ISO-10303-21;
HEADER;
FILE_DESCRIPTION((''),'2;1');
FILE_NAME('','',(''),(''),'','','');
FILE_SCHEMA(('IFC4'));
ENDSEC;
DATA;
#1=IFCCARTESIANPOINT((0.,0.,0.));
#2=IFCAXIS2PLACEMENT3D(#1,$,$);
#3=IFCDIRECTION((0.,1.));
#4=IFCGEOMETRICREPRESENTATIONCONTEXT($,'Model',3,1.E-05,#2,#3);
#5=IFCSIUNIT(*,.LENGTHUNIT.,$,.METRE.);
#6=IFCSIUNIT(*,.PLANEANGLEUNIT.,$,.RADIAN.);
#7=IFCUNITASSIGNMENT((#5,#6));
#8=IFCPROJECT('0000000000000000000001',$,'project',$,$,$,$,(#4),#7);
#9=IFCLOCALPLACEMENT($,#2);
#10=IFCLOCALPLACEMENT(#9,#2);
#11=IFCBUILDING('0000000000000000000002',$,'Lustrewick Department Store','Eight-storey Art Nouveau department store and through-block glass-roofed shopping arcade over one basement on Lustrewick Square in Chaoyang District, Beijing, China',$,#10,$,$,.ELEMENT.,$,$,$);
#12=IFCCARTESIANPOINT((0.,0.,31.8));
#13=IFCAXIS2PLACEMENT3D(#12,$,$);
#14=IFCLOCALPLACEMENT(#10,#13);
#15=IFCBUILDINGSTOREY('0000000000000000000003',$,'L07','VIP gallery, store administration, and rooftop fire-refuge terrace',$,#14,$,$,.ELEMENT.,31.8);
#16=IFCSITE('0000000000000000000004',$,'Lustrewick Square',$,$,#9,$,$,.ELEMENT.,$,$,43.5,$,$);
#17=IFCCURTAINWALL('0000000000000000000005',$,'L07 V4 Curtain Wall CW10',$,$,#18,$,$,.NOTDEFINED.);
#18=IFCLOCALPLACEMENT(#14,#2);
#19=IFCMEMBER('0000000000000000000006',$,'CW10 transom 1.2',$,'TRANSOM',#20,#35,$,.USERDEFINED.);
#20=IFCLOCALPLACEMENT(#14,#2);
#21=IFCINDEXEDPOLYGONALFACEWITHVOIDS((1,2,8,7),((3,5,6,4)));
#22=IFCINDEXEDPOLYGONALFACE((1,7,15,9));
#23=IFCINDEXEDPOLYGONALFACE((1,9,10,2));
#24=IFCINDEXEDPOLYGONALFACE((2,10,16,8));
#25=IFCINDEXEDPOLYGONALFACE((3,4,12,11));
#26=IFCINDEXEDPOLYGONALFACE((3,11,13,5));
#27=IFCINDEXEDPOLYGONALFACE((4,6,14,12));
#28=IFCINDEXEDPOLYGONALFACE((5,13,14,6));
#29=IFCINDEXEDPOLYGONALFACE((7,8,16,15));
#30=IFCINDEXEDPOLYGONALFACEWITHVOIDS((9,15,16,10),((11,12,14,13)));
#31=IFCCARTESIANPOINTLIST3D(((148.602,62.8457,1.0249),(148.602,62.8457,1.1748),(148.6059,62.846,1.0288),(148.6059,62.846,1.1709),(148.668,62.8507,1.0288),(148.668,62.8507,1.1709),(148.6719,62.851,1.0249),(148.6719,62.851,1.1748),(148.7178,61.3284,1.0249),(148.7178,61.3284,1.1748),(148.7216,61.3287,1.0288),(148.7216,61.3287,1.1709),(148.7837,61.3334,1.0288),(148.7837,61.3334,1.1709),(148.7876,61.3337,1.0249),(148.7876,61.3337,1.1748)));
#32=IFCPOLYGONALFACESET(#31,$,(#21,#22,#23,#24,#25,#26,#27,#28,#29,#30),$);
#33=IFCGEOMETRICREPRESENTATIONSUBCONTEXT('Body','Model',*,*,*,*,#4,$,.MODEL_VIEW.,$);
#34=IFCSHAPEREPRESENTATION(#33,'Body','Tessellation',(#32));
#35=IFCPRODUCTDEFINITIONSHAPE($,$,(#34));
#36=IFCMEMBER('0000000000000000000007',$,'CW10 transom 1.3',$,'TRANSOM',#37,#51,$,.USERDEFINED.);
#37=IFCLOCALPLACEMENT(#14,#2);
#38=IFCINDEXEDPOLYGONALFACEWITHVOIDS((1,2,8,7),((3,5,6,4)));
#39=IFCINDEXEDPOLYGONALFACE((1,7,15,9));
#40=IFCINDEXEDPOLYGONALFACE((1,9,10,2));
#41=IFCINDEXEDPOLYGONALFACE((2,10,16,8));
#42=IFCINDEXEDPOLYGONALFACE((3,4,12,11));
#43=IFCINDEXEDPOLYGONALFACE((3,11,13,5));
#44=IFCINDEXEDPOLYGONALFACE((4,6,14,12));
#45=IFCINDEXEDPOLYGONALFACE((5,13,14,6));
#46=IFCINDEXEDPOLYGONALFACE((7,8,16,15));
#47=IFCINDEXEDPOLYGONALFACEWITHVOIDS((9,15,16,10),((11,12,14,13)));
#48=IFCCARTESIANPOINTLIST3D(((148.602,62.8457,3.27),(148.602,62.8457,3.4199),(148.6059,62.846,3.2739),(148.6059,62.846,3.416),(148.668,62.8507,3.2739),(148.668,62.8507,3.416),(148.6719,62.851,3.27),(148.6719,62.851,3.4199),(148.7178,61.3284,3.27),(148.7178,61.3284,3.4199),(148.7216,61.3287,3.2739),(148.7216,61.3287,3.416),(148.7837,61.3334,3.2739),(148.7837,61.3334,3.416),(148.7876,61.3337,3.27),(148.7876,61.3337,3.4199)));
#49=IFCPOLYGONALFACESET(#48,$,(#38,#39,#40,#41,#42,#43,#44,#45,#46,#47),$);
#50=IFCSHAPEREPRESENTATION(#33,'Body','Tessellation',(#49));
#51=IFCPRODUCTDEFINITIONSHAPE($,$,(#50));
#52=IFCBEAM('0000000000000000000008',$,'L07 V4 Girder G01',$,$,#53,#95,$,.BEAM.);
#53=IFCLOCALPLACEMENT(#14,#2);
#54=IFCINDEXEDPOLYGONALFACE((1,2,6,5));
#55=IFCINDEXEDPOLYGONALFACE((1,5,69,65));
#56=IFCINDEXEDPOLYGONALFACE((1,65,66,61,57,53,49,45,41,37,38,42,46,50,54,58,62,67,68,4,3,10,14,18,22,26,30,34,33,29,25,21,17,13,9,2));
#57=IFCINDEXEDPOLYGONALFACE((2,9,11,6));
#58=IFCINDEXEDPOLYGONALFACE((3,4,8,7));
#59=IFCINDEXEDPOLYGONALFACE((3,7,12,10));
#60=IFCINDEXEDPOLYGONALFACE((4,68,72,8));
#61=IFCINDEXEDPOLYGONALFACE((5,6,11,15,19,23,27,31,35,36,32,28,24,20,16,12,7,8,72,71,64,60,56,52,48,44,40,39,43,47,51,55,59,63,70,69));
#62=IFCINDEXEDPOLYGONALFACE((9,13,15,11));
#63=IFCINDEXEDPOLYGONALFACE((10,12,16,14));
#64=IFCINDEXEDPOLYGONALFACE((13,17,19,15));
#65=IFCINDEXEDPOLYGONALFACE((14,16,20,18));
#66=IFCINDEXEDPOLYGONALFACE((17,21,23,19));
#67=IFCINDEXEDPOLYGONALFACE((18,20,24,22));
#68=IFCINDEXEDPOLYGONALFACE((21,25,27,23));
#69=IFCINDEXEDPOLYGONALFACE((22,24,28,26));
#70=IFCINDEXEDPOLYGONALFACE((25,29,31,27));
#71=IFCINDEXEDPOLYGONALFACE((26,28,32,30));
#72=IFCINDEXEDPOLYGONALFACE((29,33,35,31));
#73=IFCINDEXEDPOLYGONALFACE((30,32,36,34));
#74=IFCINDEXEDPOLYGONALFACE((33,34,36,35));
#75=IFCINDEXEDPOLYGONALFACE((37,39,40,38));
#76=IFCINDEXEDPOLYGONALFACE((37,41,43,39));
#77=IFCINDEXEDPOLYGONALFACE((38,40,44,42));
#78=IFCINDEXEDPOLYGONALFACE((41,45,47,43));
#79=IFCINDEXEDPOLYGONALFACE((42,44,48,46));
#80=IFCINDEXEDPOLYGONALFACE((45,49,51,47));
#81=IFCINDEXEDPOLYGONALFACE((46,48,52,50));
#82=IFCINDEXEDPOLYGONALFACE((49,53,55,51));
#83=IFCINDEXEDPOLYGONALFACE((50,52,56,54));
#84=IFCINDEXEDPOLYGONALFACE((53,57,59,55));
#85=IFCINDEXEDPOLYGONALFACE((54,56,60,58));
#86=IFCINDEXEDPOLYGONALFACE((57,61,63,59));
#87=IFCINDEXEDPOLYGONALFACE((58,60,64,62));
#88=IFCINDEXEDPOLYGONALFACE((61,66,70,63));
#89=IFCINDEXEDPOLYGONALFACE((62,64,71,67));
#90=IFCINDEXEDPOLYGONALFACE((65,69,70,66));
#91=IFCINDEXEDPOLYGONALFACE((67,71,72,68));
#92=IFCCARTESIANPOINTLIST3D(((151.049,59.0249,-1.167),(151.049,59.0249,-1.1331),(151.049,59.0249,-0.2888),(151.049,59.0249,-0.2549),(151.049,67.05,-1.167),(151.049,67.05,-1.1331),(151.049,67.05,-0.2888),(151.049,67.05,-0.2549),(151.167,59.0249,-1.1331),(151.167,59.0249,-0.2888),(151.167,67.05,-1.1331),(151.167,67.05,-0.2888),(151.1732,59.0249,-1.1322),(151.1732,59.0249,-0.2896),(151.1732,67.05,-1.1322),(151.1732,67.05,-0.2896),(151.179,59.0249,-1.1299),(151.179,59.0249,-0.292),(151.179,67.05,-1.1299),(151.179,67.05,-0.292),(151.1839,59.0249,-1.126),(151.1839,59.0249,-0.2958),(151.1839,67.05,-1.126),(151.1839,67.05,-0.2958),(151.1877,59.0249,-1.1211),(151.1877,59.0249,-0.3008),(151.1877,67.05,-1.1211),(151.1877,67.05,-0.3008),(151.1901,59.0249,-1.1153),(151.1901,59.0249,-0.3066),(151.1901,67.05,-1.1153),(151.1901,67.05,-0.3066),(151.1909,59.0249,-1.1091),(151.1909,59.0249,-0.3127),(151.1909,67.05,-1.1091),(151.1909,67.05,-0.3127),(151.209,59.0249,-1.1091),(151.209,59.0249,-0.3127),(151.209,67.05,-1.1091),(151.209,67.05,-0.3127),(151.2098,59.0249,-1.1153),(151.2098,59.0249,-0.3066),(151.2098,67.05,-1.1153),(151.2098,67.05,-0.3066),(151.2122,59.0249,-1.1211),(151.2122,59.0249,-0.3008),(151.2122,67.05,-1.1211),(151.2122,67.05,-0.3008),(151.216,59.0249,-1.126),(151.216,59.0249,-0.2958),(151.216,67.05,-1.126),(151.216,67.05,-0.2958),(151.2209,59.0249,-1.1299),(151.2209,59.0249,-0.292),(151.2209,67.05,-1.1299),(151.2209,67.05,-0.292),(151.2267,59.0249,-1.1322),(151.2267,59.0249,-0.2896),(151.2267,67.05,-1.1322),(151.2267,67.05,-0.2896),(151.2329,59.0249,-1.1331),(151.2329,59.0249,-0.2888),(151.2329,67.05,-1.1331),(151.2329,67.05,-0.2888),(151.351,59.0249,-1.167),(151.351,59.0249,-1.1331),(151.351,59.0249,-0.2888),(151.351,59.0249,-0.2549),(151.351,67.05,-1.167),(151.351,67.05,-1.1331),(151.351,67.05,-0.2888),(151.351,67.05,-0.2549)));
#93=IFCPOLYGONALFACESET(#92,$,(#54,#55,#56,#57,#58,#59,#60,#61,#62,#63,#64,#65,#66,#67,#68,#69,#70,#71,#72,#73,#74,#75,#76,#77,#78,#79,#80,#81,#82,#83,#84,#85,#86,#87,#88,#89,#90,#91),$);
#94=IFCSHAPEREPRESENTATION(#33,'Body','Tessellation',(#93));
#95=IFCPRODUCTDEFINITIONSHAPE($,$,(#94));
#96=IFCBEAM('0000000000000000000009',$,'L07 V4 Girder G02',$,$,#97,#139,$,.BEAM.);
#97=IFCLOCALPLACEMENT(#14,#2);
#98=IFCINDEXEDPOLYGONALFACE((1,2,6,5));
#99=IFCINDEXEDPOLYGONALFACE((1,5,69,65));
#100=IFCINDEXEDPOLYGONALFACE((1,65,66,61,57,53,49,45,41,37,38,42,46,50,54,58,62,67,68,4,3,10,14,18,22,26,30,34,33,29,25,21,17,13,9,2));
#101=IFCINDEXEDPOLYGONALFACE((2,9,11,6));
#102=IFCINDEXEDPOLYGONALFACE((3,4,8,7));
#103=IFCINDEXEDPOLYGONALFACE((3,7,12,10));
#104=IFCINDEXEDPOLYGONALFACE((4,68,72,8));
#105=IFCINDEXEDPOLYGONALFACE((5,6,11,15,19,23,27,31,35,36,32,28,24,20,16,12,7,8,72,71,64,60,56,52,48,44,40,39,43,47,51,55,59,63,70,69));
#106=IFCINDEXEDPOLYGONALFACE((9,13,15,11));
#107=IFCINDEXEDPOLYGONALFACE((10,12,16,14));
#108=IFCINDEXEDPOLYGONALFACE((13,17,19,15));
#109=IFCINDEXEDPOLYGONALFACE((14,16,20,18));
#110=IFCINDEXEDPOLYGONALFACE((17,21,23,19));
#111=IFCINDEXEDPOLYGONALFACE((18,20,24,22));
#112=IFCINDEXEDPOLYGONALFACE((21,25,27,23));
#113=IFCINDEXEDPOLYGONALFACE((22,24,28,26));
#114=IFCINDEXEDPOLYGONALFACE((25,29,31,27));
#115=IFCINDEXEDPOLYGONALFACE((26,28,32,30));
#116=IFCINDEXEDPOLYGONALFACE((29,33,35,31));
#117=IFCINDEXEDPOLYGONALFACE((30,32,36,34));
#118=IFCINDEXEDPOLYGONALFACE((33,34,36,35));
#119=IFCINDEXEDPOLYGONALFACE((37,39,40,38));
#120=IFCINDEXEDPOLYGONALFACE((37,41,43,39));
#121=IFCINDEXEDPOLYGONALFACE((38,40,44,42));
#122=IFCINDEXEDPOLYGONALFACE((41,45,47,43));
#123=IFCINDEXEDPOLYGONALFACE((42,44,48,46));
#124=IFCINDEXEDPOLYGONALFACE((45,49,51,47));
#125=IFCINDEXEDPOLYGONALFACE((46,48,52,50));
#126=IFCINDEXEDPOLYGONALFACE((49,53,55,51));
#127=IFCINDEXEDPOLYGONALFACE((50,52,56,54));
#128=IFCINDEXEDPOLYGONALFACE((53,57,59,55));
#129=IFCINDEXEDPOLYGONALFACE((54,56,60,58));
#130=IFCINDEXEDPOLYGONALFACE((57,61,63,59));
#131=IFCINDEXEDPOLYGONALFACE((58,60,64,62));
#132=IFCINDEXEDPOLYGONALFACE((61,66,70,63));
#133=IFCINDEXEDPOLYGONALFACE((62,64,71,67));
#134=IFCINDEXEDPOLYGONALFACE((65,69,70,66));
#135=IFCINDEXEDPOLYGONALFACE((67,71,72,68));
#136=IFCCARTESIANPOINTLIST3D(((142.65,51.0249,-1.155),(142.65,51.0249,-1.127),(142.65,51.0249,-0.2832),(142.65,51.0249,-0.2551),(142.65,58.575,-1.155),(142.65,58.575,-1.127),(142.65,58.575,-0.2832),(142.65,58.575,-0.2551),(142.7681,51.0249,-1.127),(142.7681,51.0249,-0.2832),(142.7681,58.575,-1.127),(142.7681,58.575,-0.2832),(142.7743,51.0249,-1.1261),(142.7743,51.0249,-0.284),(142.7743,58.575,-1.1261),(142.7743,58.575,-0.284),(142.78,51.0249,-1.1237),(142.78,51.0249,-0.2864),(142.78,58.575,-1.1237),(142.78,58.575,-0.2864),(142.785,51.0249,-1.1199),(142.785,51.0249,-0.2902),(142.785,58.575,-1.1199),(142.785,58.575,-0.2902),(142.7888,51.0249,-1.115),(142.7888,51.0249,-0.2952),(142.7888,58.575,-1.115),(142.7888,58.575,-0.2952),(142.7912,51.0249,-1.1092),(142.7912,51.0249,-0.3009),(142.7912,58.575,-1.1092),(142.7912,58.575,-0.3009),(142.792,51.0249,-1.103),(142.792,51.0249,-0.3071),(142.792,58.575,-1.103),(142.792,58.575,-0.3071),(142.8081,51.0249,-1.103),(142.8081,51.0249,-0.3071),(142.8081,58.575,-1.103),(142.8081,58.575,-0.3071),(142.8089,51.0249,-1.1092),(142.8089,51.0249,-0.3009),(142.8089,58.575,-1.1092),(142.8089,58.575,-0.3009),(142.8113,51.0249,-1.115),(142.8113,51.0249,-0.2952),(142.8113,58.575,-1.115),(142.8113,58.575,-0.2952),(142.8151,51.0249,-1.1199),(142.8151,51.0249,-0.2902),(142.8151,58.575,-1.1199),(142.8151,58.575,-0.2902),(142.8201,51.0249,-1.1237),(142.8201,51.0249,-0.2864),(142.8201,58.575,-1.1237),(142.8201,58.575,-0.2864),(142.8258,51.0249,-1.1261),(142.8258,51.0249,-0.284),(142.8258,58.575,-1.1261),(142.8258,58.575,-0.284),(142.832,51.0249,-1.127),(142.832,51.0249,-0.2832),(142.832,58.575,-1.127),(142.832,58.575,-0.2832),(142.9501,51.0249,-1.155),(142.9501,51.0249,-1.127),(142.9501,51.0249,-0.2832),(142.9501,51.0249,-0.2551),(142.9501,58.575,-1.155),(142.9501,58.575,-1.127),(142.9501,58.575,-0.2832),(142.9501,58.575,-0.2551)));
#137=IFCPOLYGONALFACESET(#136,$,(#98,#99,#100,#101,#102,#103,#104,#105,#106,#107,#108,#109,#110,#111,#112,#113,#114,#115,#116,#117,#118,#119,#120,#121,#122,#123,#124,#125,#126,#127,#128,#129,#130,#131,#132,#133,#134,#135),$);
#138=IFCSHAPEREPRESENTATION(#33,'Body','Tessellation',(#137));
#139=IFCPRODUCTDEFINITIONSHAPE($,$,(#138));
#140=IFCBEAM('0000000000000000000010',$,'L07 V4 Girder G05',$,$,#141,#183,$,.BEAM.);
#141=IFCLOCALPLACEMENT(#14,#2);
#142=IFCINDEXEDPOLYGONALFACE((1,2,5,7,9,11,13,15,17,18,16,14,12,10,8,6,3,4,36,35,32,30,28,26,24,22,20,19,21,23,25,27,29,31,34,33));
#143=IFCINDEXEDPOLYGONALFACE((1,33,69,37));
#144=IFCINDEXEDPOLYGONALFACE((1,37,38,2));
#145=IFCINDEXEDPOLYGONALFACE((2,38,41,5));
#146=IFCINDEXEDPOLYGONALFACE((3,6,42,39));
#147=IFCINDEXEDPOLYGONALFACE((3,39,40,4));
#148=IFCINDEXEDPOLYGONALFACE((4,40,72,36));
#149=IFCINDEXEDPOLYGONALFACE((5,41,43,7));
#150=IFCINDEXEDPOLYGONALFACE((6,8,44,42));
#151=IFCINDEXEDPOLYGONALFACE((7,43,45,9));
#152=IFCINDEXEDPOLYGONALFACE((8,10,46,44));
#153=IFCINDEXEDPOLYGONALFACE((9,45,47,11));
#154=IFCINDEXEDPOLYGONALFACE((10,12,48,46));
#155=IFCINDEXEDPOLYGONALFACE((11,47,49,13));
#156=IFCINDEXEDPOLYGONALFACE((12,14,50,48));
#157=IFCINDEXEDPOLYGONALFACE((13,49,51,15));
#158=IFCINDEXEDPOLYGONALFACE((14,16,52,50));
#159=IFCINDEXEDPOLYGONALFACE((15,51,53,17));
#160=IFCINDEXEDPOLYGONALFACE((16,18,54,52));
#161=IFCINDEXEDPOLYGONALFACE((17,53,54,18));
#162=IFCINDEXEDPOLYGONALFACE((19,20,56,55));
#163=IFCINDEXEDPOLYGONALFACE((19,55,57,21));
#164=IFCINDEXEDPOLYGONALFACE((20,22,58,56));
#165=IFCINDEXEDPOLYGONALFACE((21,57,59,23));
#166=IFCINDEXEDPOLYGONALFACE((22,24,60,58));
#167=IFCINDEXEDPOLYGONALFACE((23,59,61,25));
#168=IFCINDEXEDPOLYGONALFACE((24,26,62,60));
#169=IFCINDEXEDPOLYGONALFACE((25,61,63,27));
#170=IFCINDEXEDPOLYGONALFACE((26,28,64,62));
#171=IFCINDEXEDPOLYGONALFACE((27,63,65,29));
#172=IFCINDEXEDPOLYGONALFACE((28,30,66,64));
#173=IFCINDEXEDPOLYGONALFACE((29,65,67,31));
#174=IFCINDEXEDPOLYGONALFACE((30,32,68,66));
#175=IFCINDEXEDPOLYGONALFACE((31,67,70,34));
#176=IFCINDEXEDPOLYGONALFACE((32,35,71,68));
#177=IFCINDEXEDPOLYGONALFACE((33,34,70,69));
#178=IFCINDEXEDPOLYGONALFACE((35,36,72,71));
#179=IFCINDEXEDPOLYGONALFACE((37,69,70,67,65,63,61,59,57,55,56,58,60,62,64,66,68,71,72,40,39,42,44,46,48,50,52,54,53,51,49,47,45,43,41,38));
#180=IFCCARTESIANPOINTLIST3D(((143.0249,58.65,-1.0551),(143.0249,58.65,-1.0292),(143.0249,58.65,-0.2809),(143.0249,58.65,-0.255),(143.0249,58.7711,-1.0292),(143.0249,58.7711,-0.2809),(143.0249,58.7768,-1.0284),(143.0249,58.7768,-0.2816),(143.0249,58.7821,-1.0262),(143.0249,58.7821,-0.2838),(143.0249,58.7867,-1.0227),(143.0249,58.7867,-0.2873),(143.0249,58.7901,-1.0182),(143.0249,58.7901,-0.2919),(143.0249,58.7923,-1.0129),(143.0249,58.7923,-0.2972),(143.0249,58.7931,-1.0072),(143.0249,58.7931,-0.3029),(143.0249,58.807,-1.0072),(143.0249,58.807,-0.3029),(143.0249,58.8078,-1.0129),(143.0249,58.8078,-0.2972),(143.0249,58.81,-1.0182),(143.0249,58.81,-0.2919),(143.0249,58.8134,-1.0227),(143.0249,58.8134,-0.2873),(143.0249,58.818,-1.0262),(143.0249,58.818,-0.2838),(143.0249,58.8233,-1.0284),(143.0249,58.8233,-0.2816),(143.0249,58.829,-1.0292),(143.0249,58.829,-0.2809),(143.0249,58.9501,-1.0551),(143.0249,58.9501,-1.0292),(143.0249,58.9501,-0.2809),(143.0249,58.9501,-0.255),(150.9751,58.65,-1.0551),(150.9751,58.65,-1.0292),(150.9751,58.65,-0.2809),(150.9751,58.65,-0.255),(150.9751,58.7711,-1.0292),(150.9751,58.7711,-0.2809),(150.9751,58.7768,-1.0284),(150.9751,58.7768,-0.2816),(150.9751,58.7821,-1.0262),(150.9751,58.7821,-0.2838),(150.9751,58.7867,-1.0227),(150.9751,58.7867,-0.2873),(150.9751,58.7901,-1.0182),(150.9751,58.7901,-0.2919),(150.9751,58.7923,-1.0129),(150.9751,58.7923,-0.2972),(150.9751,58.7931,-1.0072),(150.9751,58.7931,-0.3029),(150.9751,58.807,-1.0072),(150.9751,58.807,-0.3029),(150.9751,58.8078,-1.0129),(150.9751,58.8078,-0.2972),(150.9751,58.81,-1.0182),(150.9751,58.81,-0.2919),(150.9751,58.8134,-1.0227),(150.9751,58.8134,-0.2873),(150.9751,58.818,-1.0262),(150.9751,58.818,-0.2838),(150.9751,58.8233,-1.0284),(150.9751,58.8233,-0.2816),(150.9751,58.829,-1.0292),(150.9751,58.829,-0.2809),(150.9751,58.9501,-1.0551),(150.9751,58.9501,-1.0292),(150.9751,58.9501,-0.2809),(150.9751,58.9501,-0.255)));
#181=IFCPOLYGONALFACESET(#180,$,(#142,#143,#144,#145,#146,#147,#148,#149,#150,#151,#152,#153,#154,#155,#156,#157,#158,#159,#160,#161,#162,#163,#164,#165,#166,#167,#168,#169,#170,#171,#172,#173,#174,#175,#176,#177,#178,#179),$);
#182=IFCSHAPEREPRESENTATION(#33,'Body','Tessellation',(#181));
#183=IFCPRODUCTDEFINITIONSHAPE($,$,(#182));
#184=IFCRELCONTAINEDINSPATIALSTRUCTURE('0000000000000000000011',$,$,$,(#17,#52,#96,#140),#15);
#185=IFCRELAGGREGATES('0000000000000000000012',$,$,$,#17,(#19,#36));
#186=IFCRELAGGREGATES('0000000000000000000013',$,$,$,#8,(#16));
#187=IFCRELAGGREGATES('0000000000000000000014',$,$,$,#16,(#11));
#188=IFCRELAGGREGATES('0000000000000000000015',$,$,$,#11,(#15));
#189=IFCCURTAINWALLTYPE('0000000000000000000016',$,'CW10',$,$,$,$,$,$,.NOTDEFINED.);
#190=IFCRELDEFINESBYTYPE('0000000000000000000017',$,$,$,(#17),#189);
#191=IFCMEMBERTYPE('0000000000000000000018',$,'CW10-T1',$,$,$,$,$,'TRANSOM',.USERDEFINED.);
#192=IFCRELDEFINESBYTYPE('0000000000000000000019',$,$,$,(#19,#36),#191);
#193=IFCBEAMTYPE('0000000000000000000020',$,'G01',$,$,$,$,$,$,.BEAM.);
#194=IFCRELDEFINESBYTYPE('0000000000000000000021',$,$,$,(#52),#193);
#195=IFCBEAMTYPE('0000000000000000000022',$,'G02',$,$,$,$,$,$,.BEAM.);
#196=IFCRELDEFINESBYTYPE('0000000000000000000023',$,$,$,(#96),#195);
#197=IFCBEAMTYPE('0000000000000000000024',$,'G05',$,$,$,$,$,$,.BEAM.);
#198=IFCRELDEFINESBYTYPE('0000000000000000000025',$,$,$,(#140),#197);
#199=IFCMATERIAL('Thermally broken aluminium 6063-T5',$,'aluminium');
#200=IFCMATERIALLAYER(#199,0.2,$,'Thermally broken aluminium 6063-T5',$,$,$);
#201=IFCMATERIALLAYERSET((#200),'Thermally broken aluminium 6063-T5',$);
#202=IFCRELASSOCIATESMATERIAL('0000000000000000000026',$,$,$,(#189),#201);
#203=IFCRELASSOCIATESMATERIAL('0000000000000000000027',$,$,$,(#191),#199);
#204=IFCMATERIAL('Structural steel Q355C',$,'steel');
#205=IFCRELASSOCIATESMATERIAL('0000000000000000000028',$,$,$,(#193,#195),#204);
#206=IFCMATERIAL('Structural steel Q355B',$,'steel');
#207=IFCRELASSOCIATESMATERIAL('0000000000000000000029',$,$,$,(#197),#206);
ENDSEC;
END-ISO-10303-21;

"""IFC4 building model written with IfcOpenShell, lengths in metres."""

from ifc_helpers import new_model, si_unit, direction, frame, origin, origin_2d, place, context, subcontext, project, spatial, hollow_rectangle, i_section, extrude, material, layer, layer_set, material_profile, profile_set, type_object, element, aggregate, save


model = new_model("IFC4")

# Units and contexts
model_context = context("Model", 3, precision=1e-05, world=origin(), true_north=direction((0.0, 1.0)))
body_context = subcontext(model_context, "Body", "Model", "MODEL_VIEW")
ifc_project = project(units=[si_unit("LENGTHUNIT", "METRE"), si_unit("PLANEANGLEUNIT", "RADIAN")], contexts=[model_context])

# Site, building, storey
site_placement = place(None, origin())
site = spatial("IfcSite", under=ifc_project, at=site_placement, Name="Lustrewick Square", CompositionType="ELEMENT", RefElevation=43.5)
building_placement = place(site_placement, origin())
building = spatial("IfcBuilding", under=site, at=building_placement, Name="Lustrewick Department Store", Description="Eight-storey Art Nouveau department store and through-block glass-roofed shopping arcade over one basement on Lustrewick Square in Chaoyang District, Beijing, China", CompositionType="ELEMENT")
storey_placement = place(building_placement, frame((0.0, 0.0, 31.8)))
storey = spatial("IfcBuildingStorey", under=building, at=storey_placement, Name="L07", Description="VIP gallery, store administration, and rooftop fire-refuge terrace", CompositionType="ELEMENT", Elevation=31.8)

# Shared definitions
ifc_material_1 = material(Name="Structural steel Q355B", Category="steel")

# Curtain wall, members
ifc_material_2 = material(Name="Thermally broken aluminium 6063-T5", Category="aluminium")
ifc_layer_1 = layer(ifc_material_2, 0.2, Name="Thermally broken aluminium 6063-T5")
ifc_layer_set_1 = layer_set([ifc_layer_1], Name="Thermally broken aluminium 6063-T5")
curtain_wall_type = type_object("IfcCurtainWallType", Name="CW10", PredefinedType="NOTDEFINED", material=ifc_layer_set_1)
curtain_wall_placement = place(storey_placement, origin())
curtain_wall = element("IfcCurtainWall", 1, at=curtain_wall_placement, inside=storey, type_object=curtain_wall_type, Name="L07 V4 Curtain Wall CW10", PredefinedType="NOTDEFINED")
ifc_material_profile_1 = material_profile(ifc_material_2, hollow_rectangle(XDim=0.0701, YDim=0.1499, WallThickness=0.0039, at=origin_2d()), Name="ALU-T 70x150x4")
ifc_profile_set_1 = profile_set([ifc_material_profile_1], Name="Thermally broken aluminium 6063-T5")
member_type_1 = type_object("IfcMemberType", Name="CW10-T1", ElementType="TRANSOM", PredefinedType="USERDEFINED", material=ifc_profile_set_1)
member_1_placement = place(storey_placement, frame((148.7527, 61.3311, 1.0999), z_axis=(-0.076046, 0.997104, 0.0), x_axis=(-0.997104, -0.076046, 0.0)))
member_1 = element("IfcMember", 2, at=member_1_placement, type_object=member_type_1, Name="CW10 transom 1.2", ObjectType="TRANSOM", PredefinedType="USERDEFINED", context=body_context, shape_type="SweptSolid", body=[
    extrude(hollow_rectangle(XDim=0.0701, YDim=0.1499, WallThickness=0.0039, at=origin_2d()), origin(), (0.0, 0.0, 1.0), 1.5217),
])
member_2_placement = place(storey_placement, frame((148.7527, 61.3311, 3.345), z_axis=(-0.076046, 0.997104, 0.0), x_axis=(-0.997104, -0.076046, 0.0)))
member_2 = element("IfcMember", 3, at=member_2_placement, type_object=member_type_1, Name="CW10 transom 1.3", ObjectType="TRANSOM", PredefinedType="USERDEFINED", context=body_context, shape_type="SweptSolid", body=[
    extrude(hollow_rectangle(XDim=0.0701, YDim=0.1499, WallThickness=0.0039, at=origin_2d()), origin(), (0.0, 0.0, 1.0), 1.5217),
])
aggregate(curtain_wall, [member_1, member_2])

# Beams
ifc_material_3 = material(Name="Structural steel Q355C", Category="steel")
ifc_material_profile_2 = material_profile(ifc_material_3, i_section(OverallWidth=0.302, OverallDepth=0.9121, WebThickness=0.0181, FlangeThickness=0.0339, FilletRadius=0.0239, at=origin_2d()), Name="HN 912x302x18x34")
ifc_profile_set_2 = profile_set([ifc_material_profile_2], Name="Structural steel Q355C")
beam_type_1 = type_object("IfcBeamType", Name="G01", PredefinedType="BEAM", material=ifc_profile_set_2)
beam_1_placement = place(storey_placement, frame((151.2, 59.0249, -0.7109), z_axis=(0.0, 1.0, 0.0), x_axis=(-1.0, 0.0, 0.0)))
element("IfcBeam", 4, at=beam_1_placement, inside=storey, type_object=beam_type_1, Name="L07 V4 Girder G01", PredefinedType="BEAM", context=body_context, shape_type="SweptSolid", body=[
    extrude(i_section(OverallWidth=0.302, OverallDepth=0.9121, WebThickness=0.0181, FlangeThickness=0.0339, FilletRadius=0.0239, at=origin_2d()), origin(), (0.0, 0.0, 1.0), 8.0251),
])
ifc_material_profile_3 = material_profile(ifc_material_3, i_section(OverallWidth=0.3, OverallDepth=0.8999, WebThickness=0.0161, FlangeThickness=0.0281, FilletRadius=0.0239, at=origin_2d()), Name="HN 900x300x16x28")
ifc_profile_set_3 = profile_set([ifc_material_profile_3], Name="Structural steel Q355C")
beam_type_2 = type_object("IfcBeamType", Name="G02", PredefinedType="BEAM", material=ifc_profile_set_3)
beam_2_placement = place(storey_placement, frame((142.8, 51.0249, -0.7051), z_axis=(0.0, 1.0, 0.0), x_axis=(-1.0, 0.0, 0.0)))
element("IfcBeam", 5, at=beam_2_placement, inside=storey, type_object=beam_type_2, Name="L07 V4 Girder G02", PredefinedType="BEAM", context=body_context, shape_type="SweptSolid", body=[
    extrude(i_section(OverallWidth=0.3, OverallDepth=0.8999, WebThickness=0.0161, FlangeThickness=0.0281, FilletRadius=0.0239, at=origin_2d()), origin(), (0.0, 0.0, 1.0), 7.55),
])
ifc_material_profile_4 = material_profile(ifc_material_1, i_section(OverallWidth=0.3, OverallDepth=0.8, WebThickness=0.0139, FlangeThickness=0.0259, FilletRadius=0.022, at=origin_2d()), Name="HN 800x300x14x26")
ifc_profile_set_4 = profile_set([ifc_material_profile_4], Name="Structural steel Q355B")
beam_type_3 = type_object("IfcBeamType", Name="G05", PredefinedType="BEAM", material=ifc_profile_set_4)
beam_3_placement = place(storey_placement, frame((143.0249, 58.8, -0.655), z_axis=(1.0, 0.0, 0.0), x_axis=(0.0, 1.0, 0.0)))
element("IfcBeam", 6, at=beam_3_placement, inside=storey, type_object=beam_type_3, Name="L07 V4 Girder G05", PredefinedType="BEAM", context=body_context, shape_type="SweptSolid", body=[
    extrude(i_section(OverallWidth=0.3, OverallDepth=0.8, WebThickness=0.0139, FlangeThickness=0.0259, FilletRadius=0.022, at=origin_2d()), origin(), (0.0, 0.0, 1.0), 7.9502),
])

save(model, "model.ifc")
